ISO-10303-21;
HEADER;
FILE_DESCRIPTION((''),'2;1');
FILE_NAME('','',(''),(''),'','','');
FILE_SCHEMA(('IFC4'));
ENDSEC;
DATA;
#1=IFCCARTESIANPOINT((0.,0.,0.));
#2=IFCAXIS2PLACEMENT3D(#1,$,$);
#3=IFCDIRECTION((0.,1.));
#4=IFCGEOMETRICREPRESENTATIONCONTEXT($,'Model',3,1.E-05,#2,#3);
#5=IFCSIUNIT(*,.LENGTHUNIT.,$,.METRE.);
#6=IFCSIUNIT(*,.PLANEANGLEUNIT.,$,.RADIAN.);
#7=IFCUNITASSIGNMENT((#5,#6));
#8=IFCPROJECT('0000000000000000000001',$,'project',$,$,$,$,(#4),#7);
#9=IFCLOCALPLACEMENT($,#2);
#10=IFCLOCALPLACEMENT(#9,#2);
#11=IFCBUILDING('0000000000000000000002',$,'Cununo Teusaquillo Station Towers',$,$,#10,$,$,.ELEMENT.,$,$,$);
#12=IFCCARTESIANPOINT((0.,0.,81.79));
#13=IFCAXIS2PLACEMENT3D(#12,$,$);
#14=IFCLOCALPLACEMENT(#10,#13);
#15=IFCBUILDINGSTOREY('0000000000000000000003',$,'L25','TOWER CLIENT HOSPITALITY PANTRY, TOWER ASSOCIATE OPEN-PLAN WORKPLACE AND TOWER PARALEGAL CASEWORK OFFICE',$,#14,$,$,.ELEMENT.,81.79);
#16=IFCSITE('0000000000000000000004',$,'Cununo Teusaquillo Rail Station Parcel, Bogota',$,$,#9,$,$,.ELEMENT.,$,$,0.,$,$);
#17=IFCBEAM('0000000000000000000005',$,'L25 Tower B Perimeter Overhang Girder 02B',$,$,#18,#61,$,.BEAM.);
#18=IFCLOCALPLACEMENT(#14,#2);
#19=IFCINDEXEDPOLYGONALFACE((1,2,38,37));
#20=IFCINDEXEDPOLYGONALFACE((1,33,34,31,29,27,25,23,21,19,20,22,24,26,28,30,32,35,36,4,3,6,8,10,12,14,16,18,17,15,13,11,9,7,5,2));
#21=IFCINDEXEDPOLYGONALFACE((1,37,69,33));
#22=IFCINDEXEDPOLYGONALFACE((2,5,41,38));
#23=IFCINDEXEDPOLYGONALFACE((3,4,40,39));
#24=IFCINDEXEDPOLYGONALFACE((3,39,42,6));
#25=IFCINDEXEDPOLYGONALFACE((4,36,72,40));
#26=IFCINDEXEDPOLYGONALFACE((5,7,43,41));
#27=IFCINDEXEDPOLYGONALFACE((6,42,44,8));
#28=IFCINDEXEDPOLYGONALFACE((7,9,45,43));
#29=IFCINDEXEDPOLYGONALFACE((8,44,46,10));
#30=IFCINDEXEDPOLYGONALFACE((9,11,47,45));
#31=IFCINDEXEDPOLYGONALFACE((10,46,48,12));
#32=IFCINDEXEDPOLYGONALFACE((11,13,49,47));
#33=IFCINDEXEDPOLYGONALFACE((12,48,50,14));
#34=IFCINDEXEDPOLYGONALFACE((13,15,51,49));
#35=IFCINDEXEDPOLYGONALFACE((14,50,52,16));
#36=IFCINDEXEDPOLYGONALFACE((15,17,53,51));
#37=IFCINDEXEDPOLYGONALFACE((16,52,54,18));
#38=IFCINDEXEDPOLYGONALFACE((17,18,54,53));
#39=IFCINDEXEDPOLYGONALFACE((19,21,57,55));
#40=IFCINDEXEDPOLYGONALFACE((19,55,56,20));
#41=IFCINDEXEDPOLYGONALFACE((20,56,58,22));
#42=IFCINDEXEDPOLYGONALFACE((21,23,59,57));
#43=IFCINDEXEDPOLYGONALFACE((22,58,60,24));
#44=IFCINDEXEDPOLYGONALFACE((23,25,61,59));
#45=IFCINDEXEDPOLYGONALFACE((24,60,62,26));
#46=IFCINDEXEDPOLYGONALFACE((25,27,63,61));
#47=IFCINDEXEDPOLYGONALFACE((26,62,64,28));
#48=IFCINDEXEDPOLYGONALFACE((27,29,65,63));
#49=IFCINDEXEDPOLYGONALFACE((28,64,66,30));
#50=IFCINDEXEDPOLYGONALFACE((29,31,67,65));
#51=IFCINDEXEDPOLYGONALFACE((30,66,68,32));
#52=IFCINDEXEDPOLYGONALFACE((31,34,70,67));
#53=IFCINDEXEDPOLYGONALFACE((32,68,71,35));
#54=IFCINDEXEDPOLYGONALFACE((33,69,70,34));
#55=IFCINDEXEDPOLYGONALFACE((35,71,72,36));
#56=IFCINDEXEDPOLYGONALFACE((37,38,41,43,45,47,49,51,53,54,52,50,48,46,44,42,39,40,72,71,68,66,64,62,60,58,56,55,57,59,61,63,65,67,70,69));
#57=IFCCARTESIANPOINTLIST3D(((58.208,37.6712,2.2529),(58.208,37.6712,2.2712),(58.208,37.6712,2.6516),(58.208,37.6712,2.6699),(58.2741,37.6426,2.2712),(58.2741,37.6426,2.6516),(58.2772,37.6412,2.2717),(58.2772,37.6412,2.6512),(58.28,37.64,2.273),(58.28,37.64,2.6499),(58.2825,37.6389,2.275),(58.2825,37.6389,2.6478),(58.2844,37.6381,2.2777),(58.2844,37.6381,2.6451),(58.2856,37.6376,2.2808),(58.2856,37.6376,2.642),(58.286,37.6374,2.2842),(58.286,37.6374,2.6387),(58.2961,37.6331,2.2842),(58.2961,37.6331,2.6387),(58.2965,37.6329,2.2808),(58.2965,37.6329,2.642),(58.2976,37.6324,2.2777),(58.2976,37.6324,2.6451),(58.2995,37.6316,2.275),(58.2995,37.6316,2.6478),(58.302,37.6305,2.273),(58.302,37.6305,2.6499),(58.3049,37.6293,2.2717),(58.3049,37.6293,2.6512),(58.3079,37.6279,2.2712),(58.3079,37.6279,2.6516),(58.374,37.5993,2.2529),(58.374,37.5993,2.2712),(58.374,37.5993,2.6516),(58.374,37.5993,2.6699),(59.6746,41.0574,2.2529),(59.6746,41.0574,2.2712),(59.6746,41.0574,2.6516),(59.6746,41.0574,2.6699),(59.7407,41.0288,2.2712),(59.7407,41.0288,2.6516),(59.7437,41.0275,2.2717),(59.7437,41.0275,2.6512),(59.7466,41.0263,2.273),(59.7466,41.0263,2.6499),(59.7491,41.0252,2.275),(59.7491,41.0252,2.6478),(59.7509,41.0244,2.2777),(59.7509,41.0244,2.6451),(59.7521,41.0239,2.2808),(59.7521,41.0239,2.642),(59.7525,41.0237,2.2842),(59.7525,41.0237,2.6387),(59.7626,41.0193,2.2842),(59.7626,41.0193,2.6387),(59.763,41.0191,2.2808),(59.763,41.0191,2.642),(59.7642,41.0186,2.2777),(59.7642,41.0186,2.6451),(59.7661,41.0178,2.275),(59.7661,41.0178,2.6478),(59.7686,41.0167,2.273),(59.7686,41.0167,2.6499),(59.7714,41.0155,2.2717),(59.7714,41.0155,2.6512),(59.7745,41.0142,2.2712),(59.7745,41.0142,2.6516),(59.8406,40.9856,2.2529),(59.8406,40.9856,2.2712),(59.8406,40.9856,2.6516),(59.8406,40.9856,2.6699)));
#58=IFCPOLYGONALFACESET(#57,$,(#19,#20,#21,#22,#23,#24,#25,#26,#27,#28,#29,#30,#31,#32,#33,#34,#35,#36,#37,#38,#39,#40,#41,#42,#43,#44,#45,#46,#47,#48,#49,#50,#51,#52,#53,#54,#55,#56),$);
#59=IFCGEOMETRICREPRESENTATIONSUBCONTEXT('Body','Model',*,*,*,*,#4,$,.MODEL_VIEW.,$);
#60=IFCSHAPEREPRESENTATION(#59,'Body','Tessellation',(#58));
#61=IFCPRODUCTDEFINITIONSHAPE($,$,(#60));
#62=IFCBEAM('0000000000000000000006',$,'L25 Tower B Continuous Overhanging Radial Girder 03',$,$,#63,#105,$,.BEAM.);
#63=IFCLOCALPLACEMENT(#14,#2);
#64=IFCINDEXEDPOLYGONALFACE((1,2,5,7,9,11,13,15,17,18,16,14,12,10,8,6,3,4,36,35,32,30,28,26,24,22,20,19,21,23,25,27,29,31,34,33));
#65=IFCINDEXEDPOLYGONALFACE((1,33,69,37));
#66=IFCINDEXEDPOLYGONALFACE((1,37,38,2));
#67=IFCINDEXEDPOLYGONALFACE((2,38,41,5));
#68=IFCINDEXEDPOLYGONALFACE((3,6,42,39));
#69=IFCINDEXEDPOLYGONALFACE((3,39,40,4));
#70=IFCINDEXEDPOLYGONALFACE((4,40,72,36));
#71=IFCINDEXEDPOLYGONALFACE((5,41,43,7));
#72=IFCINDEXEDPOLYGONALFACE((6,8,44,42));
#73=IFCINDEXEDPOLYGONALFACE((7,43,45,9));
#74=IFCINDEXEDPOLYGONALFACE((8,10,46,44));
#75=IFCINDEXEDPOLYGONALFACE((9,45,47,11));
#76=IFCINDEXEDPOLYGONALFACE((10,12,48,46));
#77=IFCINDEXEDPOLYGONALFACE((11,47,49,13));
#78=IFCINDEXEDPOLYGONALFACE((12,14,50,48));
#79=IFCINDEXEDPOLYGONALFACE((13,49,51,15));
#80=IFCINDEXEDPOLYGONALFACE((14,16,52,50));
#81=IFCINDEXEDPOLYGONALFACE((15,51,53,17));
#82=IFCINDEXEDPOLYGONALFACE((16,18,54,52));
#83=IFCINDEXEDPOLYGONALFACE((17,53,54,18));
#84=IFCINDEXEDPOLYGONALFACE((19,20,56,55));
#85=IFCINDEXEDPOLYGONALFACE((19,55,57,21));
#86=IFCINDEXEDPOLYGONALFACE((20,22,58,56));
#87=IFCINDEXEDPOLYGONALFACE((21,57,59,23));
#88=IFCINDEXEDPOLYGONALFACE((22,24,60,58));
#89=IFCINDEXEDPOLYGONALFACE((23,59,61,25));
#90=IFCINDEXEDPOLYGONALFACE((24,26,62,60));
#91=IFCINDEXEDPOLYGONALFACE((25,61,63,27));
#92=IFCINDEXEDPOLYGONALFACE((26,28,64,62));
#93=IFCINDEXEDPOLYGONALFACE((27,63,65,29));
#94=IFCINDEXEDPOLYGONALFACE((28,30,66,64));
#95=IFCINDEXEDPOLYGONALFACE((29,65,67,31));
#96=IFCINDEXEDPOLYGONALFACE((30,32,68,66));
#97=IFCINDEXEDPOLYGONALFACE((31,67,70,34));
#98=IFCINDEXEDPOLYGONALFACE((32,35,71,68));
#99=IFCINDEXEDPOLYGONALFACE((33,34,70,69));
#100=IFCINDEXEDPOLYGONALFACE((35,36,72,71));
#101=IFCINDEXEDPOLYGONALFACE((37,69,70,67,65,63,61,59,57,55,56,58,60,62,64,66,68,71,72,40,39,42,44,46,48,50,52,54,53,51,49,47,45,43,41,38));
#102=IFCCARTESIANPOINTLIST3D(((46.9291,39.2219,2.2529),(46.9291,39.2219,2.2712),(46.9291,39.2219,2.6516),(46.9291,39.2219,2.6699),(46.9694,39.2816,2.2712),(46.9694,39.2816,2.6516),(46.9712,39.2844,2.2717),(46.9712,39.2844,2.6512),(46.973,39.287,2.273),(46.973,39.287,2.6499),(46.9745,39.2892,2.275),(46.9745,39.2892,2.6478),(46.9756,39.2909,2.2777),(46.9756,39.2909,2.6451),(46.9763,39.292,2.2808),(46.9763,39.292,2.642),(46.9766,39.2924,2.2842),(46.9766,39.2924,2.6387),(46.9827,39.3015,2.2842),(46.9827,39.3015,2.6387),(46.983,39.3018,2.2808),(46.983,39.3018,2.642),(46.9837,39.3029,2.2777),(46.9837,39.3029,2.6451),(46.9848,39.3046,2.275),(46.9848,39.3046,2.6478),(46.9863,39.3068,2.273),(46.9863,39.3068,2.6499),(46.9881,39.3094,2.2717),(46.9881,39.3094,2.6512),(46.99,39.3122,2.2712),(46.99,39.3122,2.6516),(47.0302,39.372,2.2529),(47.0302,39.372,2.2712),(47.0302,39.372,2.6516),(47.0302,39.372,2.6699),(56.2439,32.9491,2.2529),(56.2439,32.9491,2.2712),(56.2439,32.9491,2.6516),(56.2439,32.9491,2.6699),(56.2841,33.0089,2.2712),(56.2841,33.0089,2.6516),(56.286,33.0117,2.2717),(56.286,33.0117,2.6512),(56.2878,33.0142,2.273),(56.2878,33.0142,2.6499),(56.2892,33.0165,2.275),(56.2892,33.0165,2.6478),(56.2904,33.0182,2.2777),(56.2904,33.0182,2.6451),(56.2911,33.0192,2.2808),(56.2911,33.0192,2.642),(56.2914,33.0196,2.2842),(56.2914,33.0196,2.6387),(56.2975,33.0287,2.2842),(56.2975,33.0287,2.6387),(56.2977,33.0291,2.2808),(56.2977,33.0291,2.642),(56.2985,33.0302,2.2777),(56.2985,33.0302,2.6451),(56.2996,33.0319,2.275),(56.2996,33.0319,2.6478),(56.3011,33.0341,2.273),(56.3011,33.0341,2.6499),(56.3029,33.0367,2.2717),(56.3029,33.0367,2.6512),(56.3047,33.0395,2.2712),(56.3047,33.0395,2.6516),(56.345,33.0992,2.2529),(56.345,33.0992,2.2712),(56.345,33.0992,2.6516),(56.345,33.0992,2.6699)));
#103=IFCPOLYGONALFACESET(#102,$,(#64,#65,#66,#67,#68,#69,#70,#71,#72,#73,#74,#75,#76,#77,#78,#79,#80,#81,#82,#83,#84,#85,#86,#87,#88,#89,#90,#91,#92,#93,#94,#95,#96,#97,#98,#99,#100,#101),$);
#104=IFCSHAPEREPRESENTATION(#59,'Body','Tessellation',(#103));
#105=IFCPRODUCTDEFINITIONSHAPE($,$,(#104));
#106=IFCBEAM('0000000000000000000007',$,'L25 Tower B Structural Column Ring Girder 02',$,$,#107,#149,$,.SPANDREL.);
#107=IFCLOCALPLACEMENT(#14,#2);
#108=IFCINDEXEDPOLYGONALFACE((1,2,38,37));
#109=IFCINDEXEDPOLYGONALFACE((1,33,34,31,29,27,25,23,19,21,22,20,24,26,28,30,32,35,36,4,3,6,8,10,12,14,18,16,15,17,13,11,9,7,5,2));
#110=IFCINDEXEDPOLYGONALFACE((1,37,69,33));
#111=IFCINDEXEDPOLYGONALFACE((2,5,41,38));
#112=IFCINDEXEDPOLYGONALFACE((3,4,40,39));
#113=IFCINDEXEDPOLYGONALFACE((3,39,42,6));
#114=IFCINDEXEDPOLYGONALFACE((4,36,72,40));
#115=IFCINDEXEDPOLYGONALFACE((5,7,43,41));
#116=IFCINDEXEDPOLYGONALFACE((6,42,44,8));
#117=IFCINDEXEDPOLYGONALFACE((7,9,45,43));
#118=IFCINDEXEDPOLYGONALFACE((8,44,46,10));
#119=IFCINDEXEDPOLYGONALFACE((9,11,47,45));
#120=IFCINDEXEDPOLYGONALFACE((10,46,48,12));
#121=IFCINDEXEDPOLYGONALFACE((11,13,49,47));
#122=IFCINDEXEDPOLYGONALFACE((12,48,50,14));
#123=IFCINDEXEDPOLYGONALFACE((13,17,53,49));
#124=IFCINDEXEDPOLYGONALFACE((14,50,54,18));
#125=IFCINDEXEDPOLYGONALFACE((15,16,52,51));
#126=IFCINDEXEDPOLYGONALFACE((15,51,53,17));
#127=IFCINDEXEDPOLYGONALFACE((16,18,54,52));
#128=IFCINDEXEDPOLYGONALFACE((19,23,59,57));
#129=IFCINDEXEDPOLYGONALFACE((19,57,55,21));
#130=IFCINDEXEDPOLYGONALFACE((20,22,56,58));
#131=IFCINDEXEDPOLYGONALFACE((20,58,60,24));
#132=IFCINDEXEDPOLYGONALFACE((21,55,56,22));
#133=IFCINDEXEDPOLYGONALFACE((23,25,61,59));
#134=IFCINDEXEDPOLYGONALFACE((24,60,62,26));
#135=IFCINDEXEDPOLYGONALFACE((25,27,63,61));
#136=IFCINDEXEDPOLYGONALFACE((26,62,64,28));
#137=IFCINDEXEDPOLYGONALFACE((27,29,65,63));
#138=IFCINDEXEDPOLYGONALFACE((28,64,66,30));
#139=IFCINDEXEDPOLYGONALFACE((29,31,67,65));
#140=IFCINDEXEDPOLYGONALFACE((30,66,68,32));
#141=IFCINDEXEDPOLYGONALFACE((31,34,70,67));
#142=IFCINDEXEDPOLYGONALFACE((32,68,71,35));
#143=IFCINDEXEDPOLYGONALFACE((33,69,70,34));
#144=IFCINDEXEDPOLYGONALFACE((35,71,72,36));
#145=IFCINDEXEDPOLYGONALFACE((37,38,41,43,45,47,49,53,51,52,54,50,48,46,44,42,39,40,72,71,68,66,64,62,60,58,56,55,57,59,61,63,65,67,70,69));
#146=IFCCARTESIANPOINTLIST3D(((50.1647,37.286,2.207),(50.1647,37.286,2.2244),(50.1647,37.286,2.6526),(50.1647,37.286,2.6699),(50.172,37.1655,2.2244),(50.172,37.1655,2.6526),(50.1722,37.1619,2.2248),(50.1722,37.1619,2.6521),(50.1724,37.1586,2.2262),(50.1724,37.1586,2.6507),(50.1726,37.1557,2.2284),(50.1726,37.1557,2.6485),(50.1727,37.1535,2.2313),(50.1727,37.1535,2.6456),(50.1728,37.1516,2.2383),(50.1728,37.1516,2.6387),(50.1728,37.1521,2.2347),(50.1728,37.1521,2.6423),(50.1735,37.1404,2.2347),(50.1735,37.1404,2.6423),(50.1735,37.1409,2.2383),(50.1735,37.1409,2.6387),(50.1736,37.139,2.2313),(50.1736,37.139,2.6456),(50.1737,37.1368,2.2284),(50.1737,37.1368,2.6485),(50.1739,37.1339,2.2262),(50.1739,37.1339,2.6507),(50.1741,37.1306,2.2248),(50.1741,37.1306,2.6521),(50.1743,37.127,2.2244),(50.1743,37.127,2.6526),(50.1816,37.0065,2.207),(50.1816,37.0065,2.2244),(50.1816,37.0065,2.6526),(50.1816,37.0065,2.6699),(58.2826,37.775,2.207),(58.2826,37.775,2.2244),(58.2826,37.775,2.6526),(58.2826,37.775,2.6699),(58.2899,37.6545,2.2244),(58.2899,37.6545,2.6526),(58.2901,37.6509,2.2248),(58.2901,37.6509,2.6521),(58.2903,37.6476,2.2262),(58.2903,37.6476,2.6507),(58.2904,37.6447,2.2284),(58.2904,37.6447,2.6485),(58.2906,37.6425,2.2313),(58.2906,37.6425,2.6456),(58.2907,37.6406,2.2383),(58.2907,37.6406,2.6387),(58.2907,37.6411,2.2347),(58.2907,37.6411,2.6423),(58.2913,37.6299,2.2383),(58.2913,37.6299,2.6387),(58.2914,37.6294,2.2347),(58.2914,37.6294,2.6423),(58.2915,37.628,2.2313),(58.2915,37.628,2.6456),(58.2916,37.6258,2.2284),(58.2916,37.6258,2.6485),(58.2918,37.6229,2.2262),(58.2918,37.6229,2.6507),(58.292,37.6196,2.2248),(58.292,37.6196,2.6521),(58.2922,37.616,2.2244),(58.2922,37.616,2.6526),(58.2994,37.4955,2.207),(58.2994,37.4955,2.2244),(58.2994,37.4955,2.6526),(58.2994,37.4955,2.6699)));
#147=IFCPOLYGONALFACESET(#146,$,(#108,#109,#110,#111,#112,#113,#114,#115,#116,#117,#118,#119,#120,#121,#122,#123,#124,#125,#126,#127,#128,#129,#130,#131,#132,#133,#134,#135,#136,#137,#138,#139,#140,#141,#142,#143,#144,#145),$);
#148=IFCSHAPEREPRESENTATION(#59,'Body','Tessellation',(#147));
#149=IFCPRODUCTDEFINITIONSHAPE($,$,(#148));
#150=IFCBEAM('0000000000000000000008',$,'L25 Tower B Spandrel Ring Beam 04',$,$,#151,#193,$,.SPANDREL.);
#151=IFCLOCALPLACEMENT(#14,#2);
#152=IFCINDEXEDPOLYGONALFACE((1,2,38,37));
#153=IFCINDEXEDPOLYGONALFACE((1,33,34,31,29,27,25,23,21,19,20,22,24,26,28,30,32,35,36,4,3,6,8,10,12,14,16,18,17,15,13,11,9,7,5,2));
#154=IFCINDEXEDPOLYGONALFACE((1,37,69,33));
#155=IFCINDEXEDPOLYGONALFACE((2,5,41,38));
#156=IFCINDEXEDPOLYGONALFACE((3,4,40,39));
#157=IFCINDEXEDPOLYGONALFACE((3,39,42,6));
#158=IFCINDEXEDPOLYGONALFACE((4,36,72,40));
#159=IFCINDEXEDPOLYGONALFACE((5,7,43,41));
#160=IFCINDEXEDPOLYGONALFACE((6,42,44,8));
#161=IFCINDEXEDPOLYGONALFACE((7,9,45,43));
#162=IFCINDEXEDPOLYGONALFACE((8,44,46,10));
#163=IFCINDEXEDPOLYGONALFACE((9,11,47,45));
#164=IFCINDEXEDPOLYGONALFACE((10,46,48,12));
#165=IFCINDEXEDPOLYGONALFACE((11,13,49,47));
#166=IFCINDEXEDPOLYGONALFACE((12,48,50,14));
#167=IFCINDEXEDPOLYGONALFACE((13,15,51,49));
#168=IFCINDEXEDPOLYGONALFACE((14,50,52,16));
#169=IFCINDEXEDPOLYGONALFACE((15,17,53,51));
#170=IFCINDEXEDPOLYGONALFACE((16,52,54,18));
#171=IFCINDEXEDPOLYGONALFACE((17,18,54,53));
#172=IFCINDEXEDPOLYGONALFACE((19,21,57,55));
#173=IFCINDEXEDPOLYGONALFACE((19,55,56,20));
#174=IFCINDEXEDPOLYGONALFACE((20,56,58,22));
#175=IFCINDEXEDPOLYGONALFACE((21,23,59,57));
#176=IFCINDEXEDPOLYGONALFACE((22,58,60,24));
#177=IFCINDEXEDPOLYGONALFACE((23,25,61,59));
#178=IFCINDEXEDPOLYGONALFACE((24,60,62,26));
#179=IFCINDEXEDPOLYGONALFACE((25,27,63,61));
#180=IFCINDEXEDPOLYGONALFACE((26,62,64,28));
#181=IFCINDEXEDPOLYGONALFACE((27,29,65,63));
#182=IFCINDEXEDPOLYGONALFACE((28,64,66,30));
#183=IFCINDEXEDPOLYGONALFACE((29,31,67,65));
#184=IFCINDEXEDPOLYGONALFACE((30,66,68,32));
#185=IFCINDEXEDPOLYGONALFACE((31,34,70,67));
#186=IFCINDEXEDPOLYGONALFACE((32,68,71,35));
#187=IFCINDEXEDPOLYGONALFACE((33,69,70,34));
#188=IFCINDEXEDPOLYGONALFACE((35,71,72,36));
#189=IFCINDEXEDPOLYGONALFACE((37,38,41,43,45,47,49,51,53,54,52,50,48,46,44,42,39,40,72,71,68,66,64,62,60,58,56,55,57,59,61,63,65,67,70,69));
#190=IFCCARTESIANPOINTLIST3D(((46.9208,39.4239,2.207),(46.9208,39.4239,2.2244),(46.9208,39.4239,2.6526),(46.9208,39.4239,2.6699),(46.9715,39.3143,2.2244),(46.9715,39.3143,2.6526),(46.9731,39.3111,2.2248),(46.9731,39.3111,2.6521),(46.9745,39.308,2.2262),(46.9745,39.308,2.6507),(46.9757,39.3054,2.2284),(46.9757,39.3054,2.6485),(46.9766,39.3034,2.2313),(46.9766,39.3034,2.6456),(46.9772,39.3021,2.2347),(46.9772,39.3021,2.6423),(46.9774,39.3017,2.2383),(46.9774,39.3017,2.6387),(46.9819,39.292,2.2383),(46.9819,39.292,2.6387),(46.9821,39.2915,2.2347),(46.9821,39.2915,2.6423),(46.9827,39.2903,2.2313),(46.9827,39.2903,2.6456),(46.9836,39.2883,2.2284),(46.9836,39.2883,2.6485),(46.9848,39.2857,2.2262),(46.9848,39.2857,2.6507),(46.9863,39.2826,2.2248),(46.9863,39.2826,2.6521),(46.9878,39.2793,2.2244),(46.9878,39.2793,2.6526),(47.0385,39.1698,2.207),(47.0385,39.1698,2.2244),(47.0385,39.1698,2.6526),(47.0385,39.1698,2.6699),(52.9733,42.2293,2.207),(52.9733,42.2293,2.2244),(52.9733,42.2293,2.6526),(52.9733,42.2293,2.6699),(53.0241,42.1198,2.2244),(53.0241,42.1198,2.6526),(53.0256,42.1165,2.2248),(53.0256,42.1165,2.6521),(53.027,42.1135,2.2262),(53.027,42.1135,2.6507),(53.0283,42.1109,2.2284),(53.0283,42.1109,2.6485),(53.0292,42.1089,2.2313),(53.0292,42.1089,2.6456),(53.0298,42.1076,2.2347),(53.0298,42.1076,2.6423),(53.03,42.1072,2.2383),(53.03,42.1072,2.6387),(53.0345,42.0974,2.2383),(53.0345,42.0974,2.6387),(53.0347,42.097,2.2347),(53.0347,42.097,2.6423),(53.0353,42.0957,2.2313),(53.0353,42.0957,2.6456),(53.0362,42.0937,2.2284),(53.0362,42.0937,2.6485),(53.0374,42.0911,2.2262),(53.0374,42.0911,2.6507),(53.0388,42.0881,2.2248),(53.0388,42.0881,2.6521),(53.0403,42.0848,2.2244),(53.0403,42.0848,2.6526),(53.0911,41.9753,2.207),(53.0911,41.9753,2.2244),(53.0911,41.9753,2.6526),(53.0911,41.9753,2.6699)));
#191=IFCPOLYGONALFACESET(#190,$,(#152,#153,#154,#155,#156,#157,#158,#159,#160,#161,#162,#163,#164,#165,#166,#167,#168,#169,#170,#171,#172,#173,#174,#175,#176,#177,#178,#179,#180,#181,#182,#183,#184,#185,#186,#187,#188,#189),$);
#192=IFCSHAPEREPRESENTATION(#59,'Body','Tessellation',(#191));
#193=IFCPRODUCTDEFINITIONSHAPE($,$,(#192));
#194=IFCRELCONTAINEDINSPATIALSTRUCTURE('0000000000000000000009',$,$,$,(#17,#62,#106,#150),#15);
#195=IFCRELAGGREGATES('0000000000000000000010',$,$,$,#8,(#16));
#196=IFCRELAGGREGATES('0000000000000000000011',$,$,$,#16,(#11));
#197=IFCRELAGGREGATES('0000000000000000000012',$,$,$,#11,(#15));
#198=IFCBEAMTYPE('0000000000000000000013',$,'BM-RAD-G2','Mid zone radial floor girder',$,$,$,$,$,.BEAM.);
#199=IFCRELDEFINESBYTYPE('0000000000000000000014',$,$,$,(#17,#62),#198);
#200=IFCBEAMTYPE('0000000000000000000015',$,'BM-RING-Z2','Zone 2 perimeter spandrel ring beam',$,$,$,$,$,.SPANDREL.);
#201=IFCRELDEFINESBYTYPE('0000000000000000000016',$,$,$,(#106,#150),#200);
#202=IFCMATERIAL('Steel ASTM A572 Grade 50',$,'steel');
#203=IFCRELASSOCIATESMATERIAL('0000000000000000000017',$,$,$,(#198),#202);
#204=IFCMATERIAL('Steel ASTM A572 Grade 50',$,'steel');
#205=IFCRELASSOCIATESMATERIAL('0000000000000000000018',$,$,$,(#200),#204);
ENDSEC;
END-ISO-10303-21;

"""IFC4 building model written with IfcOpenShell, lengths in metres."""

from ifc_helpers import new_model, si_unit, direction, frame, origin, origin_2d, place, context, subcontext, project, spatial, i_section, extrude, material, material_profile, profile_set, type_object, element, save


model = new_model("IFC4")

# Units and contexts
model_context = context("Model", 3, precision=1e-05, world=origin(), true_north=direction((0.0, 1.0)))
body_context = subcontext(model_context, "Body", "Model", "MODEL_VIEW")
ifc_project = project(units=[si_unit("LENGTHUNIT", "METRE"), si_unit("PLANEANGLEUNIT", "RADIAN")], contexts=[model_context])

# Site, building, storey
site_placement = place(None, origin())
site = spatial("IfcSite", under=ifc_project, at=site_placement, Name="Cununo Teusaquillo Rail Station Parcel, Bogota", CompositionType="ELEMENT", RefElevation=0.0)
building_placement = place(site_placement, origin())
building = spatial("IfcBuilding", under=site, at=building_placement, Name="Cununo Teusaquillo Station Towers", CompositionType="ELEMENT")
storey_placement = place(building_placement, frame((0.0, 0.0, 81.79)))
storey = spatial("IfcBuildingStorey", under=building, at=storey_placement, Name="L25", Description="TOWER CLIENT HOSPITALITY PANTRY, TOWER ASSOCIATE OPEN-PLAN WORKPLACE AND TOWER PARALEGAL CASEWORK OFFICE", CompositionType="ELEMENT", Elevation=81.79)

# Beams
ifc_material_1 = material(Name="Steel ASTM A572 Grade 50", Category="steel")
ifc_material_profile_1 = material_profile(ifc_material_1, i_section(OverallWidth=0.1809, OverallDepth=0.417, WebThickness=0.011, FlangeThickness=0.0183, FilletRadius=0.0129, at=origin_2d()), Name="W16X57")
ifc_profile_set_1 = profile_set([ifc_material_profile_1], Name="Steel ASTM A572 Grade 50")
beam_type_1 = type_object("IfcBeamType", Name="BM-RAD-G2", Description="Mid zone radial floor girder", PredefinedType="BEAM", material=ifc_profile_set_1)
beam_1_placement = place(storey_placement, frame((58.291, 37.6353, 2.4614), z_axis=(0.397422, 0.917636, 0.0), x_axis=(-0.917636, 0.397422, 0.0)))
element("IfcBeam", 1, at=beam_1_placement, inside=storey, type_object=beam_type_1, Name="L25 Tower B Perimeter Overhang Girder 02B", PredefinedType="BEAM", context=body_context, shape_type="SweptSolid", body=[
    extrude(i_section(OverallWidth=0.1809, OverallDepth=0.417, WebThickness=0.011, FlangeThickness=0.0183, FilletRadius=0.0129, at=origin_2d()), origin(), (0.0, 0.0, 1.0), 3.6902),
])
beam_2_placement = place(storey_placement, frame((56.2944, 33.0242, 2.4614), z_axis=(-0.829456, 0.558572, 0.0), x_axis=(-0.558572, -0.829456, 0.0)))
element("IfcBeam", 2, at=beam_2_placement, inside=storey, type_object=beam_type_1, Name="L25 Tower B Continuous Overhanging Radial Girder 03", PredefinedType="BEAM", context=body_context, shape_type="SweptSolid", body=[
    extrude(i_section(OverallWidth=0.1809, OverallDepth=0.417, WebThickness=0.011, FlangeThickness=0.0183, FilletRadius=0.0129, at=origin_2d()), origin(), (0.0, 0.0, 1.0), 11.23),
])
ifc_material_2 = material(Name="Steel ASTM A572 Grade 50", Category="steel")
ifc_material_profile_2 = material_profile(ifc_material_2, i_section(OverallWidth=0.28, OverallDepth=0.4629, WebThickness=0.0107, FlangeThickness=0.0173, FilletRadius=0.0139, at=origin_2d()), Name="W18X76")
ifc_profile_set_2 = profile_set([ifc_material_profile_2], Name="Steel ASTM A572 Grade 50")
beam_type_2 = type_object("IfcBeamType", Name="BM-RING-Z2", Description="Zone 2 perimeter spandrel ring beam", PredefinedType="SPANDREL", material=ifc_profile_set_2)
beam_3_placement = place(storey_placement, frame((58.291, 37.6353, 2.4385), z_axis=(-0.998191, -0.06013, 0.0), x_axis=(0.06013, -0.998191, 0.0)))
element("IfcBeam", 3, at=beam_3_placement, inside=storey, type_object=beam_type_2, Name="L25 Tower B Structural Column Ring Girder 02", PredefinedType="SPANDREL", context=body_context, shape_type="SweptSolid", body=[
    extrude(i_section(OverallWidth=0.28, OverallDepth=0.4629, WebThickness=0.0107, FlangeThickness=0.0173, FilletRadius=0.0139, at=origin_2d()), origin(), (0.0, 0.0, 1.0), 8.1326),
])
beam_4_placement = place(storey_placement, frame((53.0322, 42.1023, 2.4385), z_axis=(-0.907276, -0.420536, 0.0), x_axis=(0.420536, -0.907276, 0.0)))
element("IfcBeam", 4, at=beam_4_placement, inside=storey, type_object=beam_type_2, Name="L25 Tower B Spandrel Ring Beam 04", PredefinedType="SPANDREL", context=body_context, shape_type="SweptSolid", body=[
    extrude(i_section(OverallWidth=0.28, OverallDepth=0.4629, WebThickness=0.0107, FlangeThickness=0.0173, FilletRadius=0.0139, at=origin_2d()), origin(), (0.0, 0.0, 1.0), 6.6711),
])

save(model, "model.ifc")
